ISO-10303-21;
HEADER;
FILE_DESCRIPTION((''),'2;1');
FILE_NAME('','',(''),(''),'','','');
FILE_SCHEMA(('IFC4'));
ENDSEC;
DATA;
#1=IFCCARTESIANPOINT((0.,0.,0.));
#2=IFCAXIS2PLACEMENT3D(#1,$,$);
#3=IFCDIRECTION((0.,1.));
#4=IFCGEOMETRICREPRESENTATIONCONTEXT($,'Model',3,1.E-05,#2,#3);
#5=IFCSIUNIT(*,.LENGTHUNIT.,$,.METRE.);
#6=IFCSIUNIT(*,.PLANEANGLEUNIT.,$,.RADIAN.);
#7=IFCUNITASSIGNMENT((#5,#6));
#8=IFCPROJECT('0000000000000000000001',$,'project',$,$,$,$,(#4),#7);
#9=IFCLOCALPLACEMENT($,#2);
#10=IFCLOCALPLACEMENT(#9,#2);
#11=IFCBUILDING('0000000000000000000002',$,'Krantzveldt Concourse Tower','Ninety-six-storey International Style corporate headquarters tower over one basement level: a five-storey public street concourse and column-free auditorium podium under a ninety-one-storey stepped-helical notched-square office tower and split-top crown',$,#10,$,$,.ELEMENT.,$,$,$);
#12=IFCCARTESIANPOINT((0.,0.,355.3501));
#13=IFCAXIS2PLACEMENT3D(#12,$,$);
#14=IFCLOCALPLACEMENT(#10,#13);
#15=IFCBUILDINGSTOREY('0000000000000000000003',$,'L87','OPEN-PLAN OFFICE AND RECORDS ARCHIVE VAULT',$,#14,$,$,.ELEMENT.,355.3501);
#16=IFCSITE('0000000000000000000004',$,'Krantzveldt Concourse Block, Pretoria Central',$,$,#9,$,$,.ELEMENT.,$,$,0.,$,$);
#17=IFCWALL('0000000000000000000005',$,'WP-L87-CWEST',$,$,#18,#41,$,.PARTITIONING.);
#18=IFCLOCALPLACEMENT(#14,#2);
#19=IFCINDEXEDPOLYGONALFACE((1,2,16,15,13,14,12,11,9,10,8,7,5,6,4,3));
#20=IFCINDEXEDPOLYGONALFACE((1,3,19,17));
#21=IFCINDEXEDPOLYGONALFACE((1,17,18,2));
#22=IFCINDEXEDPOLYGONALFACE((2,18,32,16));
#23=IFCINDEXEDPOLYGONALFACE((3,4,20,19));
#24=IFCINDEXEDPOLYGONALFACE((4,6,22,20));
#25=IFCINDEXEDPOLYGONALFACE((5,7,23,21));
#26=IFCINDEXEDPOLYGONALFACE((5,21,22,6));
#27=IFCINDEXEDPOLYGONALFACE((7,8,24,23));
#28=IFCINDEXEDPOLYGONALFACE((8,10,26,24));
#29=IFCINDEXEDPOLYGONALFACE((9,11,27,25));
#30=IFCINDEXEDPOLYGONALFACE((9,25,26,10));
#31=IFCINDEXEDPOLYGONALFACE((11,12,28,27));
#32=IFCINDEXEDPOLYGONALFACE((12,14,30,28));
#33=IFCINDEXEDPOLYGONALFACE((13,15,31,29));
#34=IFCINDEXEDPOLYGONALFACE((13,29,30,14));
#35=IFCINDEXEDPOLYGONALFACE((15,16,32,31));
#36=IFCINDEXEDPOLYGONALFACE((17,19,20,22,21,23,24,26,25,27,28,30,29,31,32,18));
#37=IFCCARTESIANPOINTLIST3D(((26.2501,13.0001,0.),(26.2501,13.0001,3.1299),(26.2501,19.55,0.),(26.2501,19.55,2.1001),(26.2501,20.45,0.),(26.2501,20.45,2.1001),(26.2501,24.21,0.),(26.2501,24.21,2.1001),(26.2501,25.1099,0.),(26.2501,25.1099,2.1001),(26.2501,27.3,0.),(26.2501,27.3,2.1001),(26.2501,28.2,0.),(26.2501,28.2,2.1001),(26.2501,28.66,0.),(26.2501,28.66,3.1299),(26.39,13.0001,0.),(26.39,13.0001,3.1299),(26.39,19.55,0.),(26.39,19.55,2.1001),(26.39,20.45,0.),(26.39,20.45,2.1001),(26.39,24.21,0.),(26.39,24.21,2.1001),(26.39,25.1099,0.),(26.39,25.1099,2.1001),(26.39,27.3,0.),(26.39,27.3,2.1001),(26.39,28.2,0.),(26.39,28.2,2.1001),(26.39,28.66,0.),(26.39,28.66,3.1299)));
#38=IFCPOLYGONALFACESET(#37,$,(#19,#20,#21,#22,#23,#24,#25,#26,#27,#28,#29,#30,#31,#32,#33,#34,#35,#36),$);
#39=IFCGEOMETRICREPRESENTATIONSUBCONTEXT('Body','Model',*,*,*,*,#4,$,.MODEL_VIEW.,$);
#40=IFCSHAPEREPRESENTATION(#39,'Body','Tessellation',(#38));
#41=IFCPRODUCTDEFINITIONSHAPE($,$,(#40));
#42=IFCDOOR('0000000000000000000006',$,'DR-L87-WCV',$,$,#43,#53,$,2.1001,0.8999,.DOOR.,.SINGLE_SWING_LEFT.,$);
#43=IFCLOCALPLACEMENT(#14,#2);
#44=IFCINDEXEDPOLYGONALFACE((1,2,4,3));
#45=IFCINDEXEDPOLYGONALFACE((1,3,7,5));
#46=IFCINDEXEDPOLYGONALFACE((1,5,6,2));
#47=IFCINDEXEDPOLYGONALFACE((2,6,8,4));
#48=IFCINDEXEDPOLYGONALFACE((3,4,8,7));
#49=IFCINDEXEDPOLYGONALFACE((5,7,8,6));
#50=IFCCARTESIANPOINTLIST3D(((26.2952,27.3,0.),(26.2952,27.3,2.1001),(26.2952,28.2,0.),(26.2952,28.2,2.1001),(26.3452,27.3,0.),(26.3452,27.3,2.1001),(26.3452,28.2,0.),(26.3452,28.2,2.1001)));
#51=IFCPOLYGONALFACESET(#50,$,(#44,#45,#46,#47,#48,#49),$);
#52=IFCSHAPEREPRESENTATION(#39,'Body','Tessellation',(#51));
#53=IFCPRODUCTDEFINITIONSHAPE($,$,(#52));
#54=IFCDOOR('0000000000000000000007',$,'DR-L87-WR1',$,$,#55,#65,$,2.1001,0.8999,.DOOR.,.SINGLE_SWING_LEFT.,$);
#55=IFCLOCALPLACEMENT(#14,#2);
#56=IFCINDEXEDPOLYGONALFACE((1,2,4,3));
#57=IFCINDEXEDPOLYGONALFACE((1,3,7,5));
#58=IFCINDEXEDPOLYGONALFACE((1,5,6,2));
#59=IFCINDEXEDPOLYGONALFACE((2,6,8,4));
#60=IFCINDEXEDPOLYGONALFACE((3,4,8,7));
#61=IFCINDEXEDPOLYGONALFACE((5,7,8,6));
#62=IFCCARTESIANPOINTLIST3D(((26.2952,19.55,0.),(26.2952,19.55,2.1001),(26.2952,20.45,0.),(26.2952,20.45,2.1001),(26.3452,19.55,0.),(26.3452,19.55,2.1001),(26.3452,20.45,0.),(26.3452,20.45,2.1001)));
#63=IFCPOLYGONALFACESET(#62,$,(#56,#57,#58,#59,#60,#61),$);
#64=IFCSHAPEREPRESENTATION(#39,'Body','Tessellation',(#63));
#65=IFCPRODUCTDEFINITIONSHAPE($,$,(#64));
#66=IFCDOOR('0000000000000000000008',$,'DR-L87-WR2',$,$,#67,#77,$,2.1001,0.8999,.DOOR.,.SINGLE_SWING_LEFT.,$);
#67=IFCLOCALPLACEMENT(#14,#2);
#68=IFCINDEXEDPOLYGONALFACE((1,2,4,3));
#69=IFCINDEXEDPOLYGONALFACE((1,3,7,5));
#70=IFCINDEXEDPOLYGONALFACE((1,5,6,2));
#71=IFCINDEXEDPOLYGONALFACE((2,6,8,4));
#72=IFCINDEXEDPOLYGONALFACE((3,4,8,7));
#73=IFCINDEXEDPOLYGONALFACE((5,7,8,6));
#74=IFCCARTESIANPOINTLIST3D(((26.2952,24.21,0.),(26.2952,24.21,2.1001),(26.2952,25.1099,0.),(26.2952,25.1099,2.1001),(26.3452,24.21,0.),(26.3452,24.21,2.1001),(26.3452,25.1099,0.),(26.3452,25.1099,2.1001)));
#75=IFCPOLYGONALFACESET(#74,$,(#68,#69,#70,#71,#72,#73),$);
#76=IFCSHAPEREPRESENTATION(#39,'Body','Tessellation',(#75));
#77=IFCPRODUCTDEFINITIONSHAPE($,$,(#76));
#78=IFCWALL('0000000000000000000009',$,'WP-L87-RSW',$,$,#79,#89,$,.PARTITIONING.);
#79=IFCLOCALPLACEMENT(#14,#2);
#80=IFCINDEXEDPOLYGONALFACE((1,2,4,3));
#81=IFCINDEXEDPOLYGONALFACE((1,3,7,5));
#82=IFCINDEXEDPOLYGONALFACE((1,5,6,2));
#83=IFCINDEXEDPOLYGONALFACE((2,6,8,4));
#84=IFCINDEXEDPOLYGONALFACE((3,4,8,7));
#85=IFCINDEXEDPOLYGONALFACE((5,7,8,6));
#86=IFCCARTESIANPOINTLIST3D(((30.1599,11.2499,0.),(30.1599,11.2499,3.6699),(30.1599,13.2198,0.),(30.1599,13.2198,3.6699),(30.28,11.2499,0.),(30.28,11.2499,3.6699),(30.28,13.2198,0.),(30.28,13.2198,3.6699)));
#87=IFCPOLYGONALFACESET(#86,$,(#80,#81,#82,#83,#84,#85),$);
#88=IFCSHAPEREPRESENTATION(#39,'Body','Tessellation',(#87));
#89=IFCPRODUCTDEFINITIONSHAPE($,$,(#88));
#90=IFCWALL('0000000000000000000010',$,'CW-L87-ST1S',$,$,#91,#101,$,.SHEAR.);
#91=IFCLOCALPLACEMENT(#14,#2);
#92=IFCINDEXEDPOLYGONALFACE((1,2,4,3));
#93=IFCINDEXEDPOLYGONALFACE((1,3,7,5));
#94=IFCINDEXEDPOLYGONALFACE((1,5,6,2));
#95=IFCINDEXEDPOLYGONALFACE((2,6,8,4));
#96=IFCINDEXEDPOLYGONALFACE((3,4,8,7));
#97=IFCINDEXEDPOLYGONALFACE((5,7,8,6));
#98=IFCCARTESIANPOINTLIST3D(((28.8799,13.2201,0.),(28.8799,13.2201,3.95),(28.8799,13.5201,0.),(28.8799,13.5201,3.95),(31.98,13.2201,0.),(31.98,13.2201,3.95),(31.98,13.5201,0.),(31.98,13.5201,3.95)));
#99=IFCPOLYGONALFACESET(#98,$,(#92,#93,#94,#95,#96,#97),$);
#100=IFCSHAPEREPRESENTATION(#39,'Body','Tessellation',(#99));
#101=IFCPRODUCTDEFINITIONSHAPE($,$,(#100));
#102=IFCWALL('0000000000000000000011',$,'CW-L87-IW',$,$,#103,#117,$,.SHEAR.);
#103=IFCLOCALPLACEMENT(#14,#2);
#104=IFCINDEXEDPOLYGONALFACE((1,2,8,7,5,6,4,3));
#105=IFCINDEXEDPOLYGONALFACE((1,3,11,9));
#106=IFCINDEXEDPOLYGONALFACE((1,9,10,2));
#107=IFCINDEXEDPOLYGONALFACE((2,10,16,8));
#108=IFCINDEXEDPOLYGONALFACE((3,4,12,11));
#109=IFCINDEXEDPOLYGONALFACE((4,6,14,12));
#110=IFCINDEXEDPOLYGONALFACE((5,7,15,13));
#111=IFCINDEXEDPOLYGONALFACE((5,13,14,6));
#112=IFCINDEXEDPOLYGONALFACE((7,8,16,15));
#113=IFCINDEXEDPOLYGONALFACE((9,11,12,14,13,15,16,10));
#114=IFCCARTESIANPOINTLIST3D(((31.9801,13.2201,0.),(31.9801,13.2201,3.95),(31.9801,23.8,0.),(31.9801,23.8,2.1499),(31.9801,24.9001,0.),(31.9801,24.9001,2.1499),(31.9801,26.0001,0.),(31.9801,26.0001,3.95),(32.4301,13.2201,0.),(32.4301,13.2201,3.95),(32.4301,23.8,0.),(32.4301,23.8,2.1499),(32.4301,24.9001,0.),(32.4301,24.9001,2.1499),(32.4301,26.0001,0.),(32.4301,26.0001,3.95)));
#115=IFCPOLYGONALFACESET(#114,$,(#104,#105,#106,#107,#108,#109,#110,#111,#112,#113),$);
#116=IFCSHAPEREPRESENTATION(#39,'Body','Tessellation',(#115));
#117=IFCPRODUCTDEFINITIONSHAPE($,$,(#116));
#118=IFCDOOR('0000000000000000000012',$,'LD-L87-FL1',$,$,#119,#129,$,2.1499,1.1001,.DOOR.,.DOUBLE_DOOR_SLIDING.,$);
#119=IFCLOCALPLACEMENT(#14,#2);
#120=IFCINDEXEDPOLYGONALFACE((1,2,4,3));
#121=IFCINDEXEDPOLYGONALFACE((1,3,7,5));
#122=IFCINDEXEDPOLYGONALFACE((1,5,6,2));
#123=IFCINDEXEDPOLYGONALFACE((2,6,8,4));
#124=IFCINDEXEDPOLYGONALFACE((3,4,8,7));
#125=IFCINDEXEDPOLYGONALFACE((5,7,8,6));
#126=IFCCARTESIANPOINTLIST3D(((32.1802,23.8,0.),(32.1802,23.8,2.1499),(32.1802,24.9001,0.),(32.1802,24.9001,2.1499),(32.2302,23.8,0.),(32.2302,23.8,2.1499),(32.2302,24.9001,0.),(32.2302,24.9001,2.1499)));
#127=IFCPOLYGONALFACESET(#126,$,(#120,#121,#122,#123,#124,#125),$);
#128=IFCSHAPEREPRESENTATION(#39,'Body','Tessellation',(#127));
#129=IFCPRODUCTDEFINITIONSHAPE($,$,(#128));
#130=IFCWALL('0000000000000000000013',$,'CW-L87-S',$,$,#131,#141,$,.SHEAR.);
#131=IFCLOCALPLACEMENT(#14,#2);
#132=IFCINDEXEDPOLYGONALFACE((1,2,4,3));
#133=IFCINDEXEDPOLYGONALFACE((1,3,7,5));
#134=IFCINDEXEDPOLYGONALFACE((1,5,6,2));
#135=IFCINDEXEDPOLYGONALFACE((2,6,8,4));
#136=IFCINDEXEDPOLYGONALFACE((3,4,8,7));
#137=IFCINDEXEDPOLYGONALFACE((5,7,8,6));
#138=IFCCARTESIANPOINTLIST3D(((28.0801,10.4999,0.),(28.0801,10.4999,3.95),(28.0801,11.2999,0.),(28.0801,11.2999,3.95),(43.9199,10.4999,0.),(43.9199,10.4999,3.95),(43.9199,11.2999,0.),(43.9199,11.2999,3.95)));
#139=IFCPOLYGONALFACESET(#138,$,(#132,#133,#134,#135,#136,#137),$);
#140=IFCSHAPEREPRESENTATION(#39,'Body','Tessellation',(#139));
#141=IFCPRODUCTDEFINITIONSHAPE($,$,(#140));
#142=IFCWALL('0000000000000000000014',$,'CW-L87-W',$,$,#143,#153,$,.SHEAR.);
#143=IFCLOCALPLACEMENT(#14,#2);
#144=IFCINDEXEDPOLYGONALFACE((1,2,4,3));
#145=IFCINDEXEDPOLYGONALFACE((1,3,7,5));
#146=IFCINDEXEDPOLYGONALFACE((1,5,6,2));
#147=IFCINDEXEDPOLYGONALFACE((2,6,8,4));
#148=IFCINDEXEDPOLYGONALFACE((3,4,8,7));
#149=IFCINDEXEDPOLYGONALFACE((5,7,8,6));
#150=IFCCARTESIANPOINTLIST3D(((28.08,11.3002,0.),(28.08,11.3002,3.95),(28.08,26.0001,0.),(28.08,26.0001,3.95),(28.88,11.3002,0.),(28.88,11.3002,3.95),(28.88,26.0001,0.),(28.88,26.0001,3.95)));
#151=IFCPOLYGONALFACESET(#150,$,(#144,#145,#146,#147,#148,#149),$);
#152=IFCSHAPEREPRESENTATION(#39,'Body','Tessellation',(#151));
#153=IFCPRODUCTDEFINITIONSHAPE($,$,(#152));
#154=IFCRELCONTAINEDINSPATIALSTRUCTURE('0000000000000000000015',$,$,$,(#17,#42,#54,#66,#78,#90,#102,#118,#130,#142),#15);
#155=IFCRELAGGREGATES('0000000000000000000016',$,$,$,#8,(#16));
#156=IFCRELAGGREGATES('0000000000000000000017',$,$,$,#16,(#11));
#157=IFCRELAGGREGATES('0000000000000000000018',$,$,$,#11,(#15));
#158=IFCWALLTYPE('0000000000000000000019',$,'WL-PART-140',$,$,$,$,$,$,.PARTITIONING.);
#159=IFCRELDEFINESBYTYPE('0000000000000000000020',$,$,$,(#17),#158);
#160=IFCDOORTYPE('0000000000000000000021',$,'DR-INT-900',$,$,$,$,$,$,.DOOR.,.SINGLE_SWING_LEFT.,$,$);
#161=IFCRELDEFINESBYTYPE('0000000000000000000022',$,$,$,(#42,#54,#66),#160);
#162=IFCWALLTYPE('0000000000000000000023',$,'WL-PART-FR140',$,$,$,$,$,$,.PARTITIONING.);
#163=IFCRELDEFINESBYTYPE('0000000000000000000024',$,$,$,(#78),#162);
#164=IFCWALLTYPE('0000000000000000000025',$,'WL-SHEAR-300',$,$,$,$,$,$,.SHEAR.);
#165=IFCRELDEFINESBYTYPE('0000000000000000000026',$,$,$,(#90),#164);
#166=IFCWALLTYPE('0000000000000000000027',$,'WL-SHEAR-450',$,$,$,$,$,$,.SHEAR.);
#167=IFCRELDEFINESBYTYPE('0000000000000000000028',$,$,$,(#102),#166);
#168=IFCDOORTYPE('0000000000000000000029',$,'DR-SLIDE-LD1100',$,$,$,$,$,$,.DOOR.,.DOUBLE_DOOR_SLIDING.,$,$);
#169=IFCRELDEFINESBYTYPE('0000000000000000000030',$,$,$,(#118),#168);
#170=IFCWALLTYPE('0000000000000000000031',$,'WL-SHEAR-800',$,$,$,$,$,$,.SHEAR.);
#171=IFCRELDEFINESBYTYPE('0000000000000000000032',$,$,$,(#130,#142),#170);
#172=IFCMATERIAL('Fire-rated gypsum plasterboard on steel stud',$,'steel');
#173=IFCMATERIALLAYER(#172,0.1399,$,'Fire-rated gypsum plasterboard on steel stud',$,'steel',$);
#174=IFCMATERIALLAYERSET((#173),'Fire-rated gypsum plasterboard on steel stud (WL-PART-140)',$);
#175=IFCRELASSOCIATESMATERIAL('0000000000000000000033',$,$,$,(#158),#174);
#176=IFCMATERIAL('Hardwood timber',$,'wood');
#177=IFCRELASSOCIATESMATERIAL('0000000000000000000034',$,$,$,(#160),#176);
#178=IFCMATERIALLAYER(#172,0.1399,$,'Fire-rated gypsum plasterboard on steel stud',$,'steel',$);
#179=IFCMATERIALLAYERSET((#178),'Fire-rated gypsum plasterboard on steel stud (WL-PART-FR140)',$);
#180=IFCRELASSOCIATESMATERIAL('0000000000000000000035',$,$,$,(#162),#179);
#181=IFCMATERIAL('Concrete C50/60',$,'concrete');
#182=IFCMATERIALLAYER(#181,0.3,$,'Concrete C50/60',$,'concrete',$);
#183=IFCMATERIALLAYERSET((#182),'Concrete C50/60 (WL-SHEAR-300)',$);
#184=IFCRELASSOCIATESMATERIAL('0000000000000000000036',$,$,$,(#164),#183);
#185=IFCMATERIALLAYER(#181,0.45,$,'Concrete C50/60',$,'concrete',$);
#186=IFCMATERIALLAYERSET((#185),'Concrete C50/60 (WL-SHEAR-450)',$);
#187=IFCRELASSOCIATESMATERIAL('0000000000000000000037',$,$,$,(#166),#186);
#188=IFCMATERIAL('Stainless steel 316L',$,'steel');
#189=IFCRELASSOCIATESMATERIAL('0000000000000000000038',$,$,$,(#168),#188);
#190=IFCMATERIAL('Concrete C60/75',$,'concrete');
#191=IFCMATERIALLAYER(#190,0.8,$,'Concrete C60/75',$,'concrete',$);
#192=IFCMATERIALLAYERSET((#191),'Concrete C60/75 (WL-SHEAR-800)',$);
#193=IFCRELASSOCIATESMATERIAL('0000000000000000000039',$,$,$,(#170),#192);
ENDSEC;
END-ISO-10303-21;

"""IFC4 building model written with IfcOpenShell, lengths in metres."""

from ifc_helpers import new_model, si_unit, direction, frame, frame_2d, origin, place, context, subcontext, project, spatial, rectangle, extrude, material, layer, layer_set, type_object, element, fill, save


model = new_model("IFC4")

# Units and contexts
model_context = context("Model", 3, precision=1e-05, world=origin(), true_north=direction((0.0, 1.0)))
body_context = subcontext(model_context, "Body", "Model", "MODEL_VIEW")
ifc_project = project(units=[si_unit("LENGTHUNIT", "METRE"), si_unit("PLANEANGLEUNIT", "RADIAN")], contexts=[model_context])

# Site, building, storey
site_placement = place(None, origin())
site = spatial("IfcSite", under=ifc_project, at=site_placement, Name="Krantzveldt Concourse Block, Pretoria Central", CompositionType="ELEMENT", RefElevation=0.0)
building_placement = place(site_placement, origin())
building = spatial("IfcBuilding", under=site, at=building_placement, Name="Krantzveldt Concourse Tower", Description="Ninety-six-storey International Style corporate headquarters tower over one basement level: a five-storey public street concourse and column-free auditorium podium under a ninety-one-storey stepped-helical notched-square office tower and split-top crown", CompositionType="ELEMENT")
storey_placement = place(building_placement, frame((0.0, 0.0, 355.3501)))
storey = spatial("IfcBuildingStorey", under=building, at=storey_placement, Name="L87", Description="OPEN-PLAN OFFICE AND RECORDS ARCHIVE VAULT", CompositionType="ELEMENT", Elevation=355.3501)

# Shared definitions
ifc_material_1 = material(Name="Fire-rated gypsum plasterboard on steel stud", Category="steel")
ifc_material_2 = material(Name="Hardwood timber", Category="wood")

# Wall, openings, doors
ifc_layer_1 = layer(ifc_material_1, 0.1399, Name="Fire-rated gypsum plasterboard on steel stud", Category="steel")
ifc_layer_set_1 = layer_set([ifc_layer_1], Name="Fire-rated gypsum plasterboard on steel stud (WL-PART-140)")
wall_type_1 = type_object("IfcWallType", Name="WL-PART-140", PredefinedType="PARTITIONING", material=ifc_layer_set_1)
wall_1_placement = place(storey_placement, frame((26.3201, 13.0, 0.0), z_axis=(0.0, 0.0, 1.0), x_axis=(0.0, 1.0, 0.0)))
wall_1 = element("IfcWall", 1, at=wall_1_placement, inside=storey, type_object=wall_type_1, Name="WP-L87-CWEST", PredefinedType="PARTITIONING", context=body_context, shape_type="SweptSolid", body=[
    extrude(rectangle(XDim=15.6599, YDim=0.1399, at=frame_2d((7.8301, 0.0))), origin(), (0.0, 0.0, 1.0), 3.1299),
])
opening_1_placement = place(wall_1_placement, frame((14.3, 0.0, 0.0)))
opening_1 = element("IfcOpeningElement", 2, at=opening_1_placement, cuts=wall_1, PredefinedType="OPENING", context=body_context, shape_type="SweptSolid", body=[
    extrude(rectangle(XDim=0.8999, YDim=2.1001, at=frame_2d((0.45, 1.05))), frame((0.0, 0.0801, 0.0), z_axis=(0.0, -1.0, 0.0), x_axis=(1.0, 0.0, 0.0)), (0.0, 0.0, 1.0), 0.1599),
])
opening_2_placement = place(wall_1_placement, frame((6.55, 0.0, 0.0)))
opening_2 = element("IfcOpeningElement", 3, at=opening_2_placement, cuts=wall_1, PredefinedType="OPENING", context=body_context, shape_type="SweptSolid", body=[
    extrude(rectangle(XDim=0.8999, YDim=2.1001, at=frame_2d((0.45, 1.05))), frame((0.0, 0.0801, 0.0), z_axis=(0.0, -1.0, 0.0), x_axis=(1.0, 0.0, 0.0)), (0.0, 0.0, 1.0), 0.1599),
])
opening_3_placement = place(wall_1_placement, frame((11.21, 0.0, 0.0)))
opening_3 = element("IfcOpeningElement", 4, at=opening_3_placement, cuts=wall_1, PredefinedType="OPENING", context=body_context, shape_type="SweptSolid", body=[
    extrude(rectangle(XDim=0.8999, YDim=2.1001, at=frame_2d((0.45, 1.05))), frame((0.0, 0.0801, 0.0), z_axis=(0.0, -1.0, 0.0), x_axis=(1.0, 0.0, 0.0)), (0.0, 0.0, 1.0), 0.1599),
])
door_type_1 = type_object("IfcDoorType", Name="DR-INT-900", OperationType="SINGLE_SWING_LEFT", PredefinedType="DOOR", material=ifc_material_2)
door_1_placement = place(opening_1_placement, origin())
door_1 = element("IfcDoor", 5, at=door_1_placement, inside=storey, type_object=door_type_1, Name="DR-L87-WCV", OperationType="SINGLE_SWING_LEFT", OverallHeight=2.1001, OverallWidth=0.8999, PredefinedType="DOOR", context=body_context, shape_type="SweptSolid", body=[
    extrude(rectangle(XDim=0.8999, YDim=2.1001, at=frame_2d((0.45, 1.05))), frame((0.0, 0.0249, 0.0), z_axis=(0.0, -1.0, 0.0), x_axis=(1.0, 0.0, 0.0)), (0.0, 0.0, 1.0), 0.05),
])
fill(opening_1, door_1)
door_2_placement = place(opening_2_placement, origin())
door_2 = element("IfcDoor", 6, at=door_2_placement, inside=storey, type_object=door_type_1, Name="DR-L87-WR1", OperationType="SINGLE_SWING_LEFT", OverallHeight=2.1001, OverallWidth=0.8999, PredefinedType="DOOR", context=body_context, shape_type="SweptSolid", body=[
    extrude(rectangle(XDim=0.8999, YDim=2.1001, at=frame_2d((0.45, 1.05))), frame((0.0, 0.0249, 0.0), z_axis=(0.0, -1.0, 0.0), x_axis=(1.0, 0.0, 0.0)), (0.0, 0.0, 1.0), 0.05),
])
fill(opening_2, door_2)
door_3_placement = place(opening_3_placement, origin())
door_3 = element("IfcDoor", 7, at=door_3_placement, inside=storey, type_object=door_type_1, Name="DR-L87-WR2", OperationType="SINGLE_SWING_LEFT", OverallHeight=2.1001, OverallWidth=0.8999, PredefinedType="DOOR", context=body_context, shape_type="SweptSolid", body=[
    extrude(rectangle(XDim=0.8999, YDim=2.1001, at=frame_2d((0.45, 1.05))), frame((0.0, 0.0249, 0.0), z_axis=(0.0, -1.0, 0.0), x_axis=(1.0, 0.0, 0.0)), (0.0, 0.0, 1.0), 0.05),
])
fill(opening_3, door_3)

# Walls
ifc_layer_2 = layer(ifc_material_1, 0.1399, Name="Fire-rated gypsum plasterboard on steel stud", Category="steel")
ifc_layer_set_2 = layer_set([ifc_layer_2], Name="Fire-rated gypsum plasterboard on steel stud (WL-PART-FR140)")
wall_type_2 = type_object("IfcWallType", Name="WL-PART-FR140", PredefinedType="PARTITIONING", material=ifc_layer_set_2)
wall_2_placement = place(storey_placement, frame((30.22, 11.25, 0.0), z_axis=(0.0, 0.0, 1.0), x_axis=(0.0, 1.0, 0.0)))
element("IfcWall", 8, at=wall_2_placement, inside=storey, type_object=wall_type_2, Name="WP-L87-RSW", PredefinedType="PARTITIONING", context=body_context, shape_type="SweptSolid", body=[
    extrude(rectangle(XDim=1.97, YDim=0.1201, at=frame_2d((0.9849, 0.0))), origin(), (0.0, 0.0, 1.0), 3.6699),
])
ifc_material_3 = material(Name="Concrete C50/60", Category="concrete")
ifc_layer_3 = layer(ifc_material_3, 0.3, Name="Concrete C50/60", Category="concrete")
ifc_layer_set_3 = layer_set([ifc_layer_3], Name="Concrete C50/60 (WL-SHEAR-300)")
wall_type_3 = type_object("IfcWallType", Name="WL-SHEAR-300", PredefinedType="SHEAR", material=ifc_layer_set_3)
wall_3_placement = place(storey_placement, frame((28.8799, 13.3701, 0.0), z_axis=(0.0, 0.0, 1.0), x_axis=(1.0, 0.0, 0.0)))
element("IfcWall", 9, at=wall_3_placement, inside=storey, type_object=wall_type_3, Name="CW-L87-ST1S", PredefinedType="SHEAR", context=body_context, shape_type="SweptSolid", body=[
    extrude(rectangle(XDim=3.1001, YDim=0.3, at=frame_2d((1.55, 0.0))), origin(), (0.0, 0.0, 1.0), 3.95),
])

# Wall, opening, door
ifc_layer_4 = layer(ifc_material_3, 0.45, Name="Concrete C50/60", Category="concrete")
ifc_layer_set_4 = layer_set([ifc_layer_4], Name="Concrete C50/60 (WL-SHEAR-450)")
wall_type_4 = type_object("IfcWallType", Name="WL-SHEAR-450", PredefinedType="SHEAR", material=ifc_layer_set_4)
wall_4_placement = place(storey_placement, frame((32.2051, 13.22, 0.0), z_axis=(0.0, 0.0, 1.0), x_axis=(0.0, 1.0, 0.0)))
wall_4 = element("IfcWall", 10, at=wall_4_placement, inside=storey, type_object=wall_type_4, Name="CW-L87-IW", PredefinedType="SHEAR", context=body_context, shape_type="SweptSolid", body=[
    extrude(rectangle(XDim=12.78, YDim=0.45, at=frame_2d((6.3901, 0.0))), origin(), (0.0, 0.0, 1.0), 3.95),
])
opening_4_placement = place(wall_4_placement, frame((10.5801, 0.0, 0.0)))
opening_4 = element("IfcOpeningElement", 11, at=opening_4_placement, cuts=wall_4, PredefinedType="OPENING", context=body_context, shape_type="SweptSolid", body=[
    extrude(rectangle(XDim=1.1001, YDim=2.1499, at=frame_2d((0.55, 1.075))), frame((0.0, 0.2349, 0.0), z_axis=(0.0, -1.0, 0.0), x_axis=(1.0, 0.0, 0.0)), (0.0, 0.0, 1.0), 0.47),
])
ifc_material_4 = material(Name="Stainless steel 316L", Category="steel")
door_type_2 = type_object("IfcDoorType", Name="DR-SLIDE-LD1100", OperationType="DOUBLE_DOOR_SLIDING", PredefinedType="DOOR", material=ifc_material_4)
door_4_placement = place(opening_4_placement, origin())
door_4 = element("IfcDoor", 12, at=door_4_placement, inside=storey, type_object=door_type_2, Name="LD-L87-FL1", OperationType="DOUBLE_DOOR_SLIDING", OverallHeight=2.1499, OverallWidth=1.1001, PredefinedType="DOOR", context=body_context, shape_type="SweptSolid", body=[
    extrude(rectangle(XDim=1.1001, YDim=2.1499, at=frame_2d((0.55, 1.075))), frame((0.0, 0.0249, 0.0), z_axis=(0.0, -1.0, 0.0), x_axis=(1.0, 0.0, 0.0)), (0.0, 0.0, 1.0), 0.05),
])
fill(opening_4, door_4)

# Walls
ifc_material_5 = material(Name="Concrete C60/75", Category="concrete")
ifc_layer_5 = layer(ifc_material_5, 0.8, Name="Concrete C60/75", Category="concrete")
ifc_layer_set_5 = layer_set([ifc_layer_5], Name="Concrete C60/75 (WL-SHEAR-800)")
wall_type_5 = type_object("IfcWallType", Name="WL-SHEAR-800", PredefinedType="SHEAR", material=ifc_layer_set_5)
wall_5_placement = place(storey_placement, frame((28.0801, 10.8999, 0.0), z_axis=(0.0, 0.0, 1.0), x_axis=(1.0, 0.0, 0.0)))
element("IfcWall", 13, at=wall_5_placement, inside=storey, type_object=wall_type_5, Name="CW-L87-S", PredefinedType="SHEAR", context=body_context, shape_type="SweptSolid", body=[
    extrude(rectangle(XDim=15.8398, YDim=0.8, at=frame_2d((7.9199, 0.0))), origin(), (0.0, 0.0, 1.0), 3.95),
])
wall_6_placement = place(storey_placement, frame((28.48, 11.3, 0.0), z_axis=(0.0, 0.0, 1.0), x_axis=(0.0, 1.0, 0.0)))
element("IfcWall", 14, at=wall_6_placement, inside=storey, type_object=wall_type_5, Name="CW-L87-W", PredefinedType="SHEAR", context=body_context, shape_type="SweptSolid", body=[
    extrude(rectangle(XDim=14.7, YDim=0.8, at=frame_2d((7.3501, 0.0))), origin(), (0.0, 0.0, 1.0), 3.95),
])

save(model, "model.ifc")
